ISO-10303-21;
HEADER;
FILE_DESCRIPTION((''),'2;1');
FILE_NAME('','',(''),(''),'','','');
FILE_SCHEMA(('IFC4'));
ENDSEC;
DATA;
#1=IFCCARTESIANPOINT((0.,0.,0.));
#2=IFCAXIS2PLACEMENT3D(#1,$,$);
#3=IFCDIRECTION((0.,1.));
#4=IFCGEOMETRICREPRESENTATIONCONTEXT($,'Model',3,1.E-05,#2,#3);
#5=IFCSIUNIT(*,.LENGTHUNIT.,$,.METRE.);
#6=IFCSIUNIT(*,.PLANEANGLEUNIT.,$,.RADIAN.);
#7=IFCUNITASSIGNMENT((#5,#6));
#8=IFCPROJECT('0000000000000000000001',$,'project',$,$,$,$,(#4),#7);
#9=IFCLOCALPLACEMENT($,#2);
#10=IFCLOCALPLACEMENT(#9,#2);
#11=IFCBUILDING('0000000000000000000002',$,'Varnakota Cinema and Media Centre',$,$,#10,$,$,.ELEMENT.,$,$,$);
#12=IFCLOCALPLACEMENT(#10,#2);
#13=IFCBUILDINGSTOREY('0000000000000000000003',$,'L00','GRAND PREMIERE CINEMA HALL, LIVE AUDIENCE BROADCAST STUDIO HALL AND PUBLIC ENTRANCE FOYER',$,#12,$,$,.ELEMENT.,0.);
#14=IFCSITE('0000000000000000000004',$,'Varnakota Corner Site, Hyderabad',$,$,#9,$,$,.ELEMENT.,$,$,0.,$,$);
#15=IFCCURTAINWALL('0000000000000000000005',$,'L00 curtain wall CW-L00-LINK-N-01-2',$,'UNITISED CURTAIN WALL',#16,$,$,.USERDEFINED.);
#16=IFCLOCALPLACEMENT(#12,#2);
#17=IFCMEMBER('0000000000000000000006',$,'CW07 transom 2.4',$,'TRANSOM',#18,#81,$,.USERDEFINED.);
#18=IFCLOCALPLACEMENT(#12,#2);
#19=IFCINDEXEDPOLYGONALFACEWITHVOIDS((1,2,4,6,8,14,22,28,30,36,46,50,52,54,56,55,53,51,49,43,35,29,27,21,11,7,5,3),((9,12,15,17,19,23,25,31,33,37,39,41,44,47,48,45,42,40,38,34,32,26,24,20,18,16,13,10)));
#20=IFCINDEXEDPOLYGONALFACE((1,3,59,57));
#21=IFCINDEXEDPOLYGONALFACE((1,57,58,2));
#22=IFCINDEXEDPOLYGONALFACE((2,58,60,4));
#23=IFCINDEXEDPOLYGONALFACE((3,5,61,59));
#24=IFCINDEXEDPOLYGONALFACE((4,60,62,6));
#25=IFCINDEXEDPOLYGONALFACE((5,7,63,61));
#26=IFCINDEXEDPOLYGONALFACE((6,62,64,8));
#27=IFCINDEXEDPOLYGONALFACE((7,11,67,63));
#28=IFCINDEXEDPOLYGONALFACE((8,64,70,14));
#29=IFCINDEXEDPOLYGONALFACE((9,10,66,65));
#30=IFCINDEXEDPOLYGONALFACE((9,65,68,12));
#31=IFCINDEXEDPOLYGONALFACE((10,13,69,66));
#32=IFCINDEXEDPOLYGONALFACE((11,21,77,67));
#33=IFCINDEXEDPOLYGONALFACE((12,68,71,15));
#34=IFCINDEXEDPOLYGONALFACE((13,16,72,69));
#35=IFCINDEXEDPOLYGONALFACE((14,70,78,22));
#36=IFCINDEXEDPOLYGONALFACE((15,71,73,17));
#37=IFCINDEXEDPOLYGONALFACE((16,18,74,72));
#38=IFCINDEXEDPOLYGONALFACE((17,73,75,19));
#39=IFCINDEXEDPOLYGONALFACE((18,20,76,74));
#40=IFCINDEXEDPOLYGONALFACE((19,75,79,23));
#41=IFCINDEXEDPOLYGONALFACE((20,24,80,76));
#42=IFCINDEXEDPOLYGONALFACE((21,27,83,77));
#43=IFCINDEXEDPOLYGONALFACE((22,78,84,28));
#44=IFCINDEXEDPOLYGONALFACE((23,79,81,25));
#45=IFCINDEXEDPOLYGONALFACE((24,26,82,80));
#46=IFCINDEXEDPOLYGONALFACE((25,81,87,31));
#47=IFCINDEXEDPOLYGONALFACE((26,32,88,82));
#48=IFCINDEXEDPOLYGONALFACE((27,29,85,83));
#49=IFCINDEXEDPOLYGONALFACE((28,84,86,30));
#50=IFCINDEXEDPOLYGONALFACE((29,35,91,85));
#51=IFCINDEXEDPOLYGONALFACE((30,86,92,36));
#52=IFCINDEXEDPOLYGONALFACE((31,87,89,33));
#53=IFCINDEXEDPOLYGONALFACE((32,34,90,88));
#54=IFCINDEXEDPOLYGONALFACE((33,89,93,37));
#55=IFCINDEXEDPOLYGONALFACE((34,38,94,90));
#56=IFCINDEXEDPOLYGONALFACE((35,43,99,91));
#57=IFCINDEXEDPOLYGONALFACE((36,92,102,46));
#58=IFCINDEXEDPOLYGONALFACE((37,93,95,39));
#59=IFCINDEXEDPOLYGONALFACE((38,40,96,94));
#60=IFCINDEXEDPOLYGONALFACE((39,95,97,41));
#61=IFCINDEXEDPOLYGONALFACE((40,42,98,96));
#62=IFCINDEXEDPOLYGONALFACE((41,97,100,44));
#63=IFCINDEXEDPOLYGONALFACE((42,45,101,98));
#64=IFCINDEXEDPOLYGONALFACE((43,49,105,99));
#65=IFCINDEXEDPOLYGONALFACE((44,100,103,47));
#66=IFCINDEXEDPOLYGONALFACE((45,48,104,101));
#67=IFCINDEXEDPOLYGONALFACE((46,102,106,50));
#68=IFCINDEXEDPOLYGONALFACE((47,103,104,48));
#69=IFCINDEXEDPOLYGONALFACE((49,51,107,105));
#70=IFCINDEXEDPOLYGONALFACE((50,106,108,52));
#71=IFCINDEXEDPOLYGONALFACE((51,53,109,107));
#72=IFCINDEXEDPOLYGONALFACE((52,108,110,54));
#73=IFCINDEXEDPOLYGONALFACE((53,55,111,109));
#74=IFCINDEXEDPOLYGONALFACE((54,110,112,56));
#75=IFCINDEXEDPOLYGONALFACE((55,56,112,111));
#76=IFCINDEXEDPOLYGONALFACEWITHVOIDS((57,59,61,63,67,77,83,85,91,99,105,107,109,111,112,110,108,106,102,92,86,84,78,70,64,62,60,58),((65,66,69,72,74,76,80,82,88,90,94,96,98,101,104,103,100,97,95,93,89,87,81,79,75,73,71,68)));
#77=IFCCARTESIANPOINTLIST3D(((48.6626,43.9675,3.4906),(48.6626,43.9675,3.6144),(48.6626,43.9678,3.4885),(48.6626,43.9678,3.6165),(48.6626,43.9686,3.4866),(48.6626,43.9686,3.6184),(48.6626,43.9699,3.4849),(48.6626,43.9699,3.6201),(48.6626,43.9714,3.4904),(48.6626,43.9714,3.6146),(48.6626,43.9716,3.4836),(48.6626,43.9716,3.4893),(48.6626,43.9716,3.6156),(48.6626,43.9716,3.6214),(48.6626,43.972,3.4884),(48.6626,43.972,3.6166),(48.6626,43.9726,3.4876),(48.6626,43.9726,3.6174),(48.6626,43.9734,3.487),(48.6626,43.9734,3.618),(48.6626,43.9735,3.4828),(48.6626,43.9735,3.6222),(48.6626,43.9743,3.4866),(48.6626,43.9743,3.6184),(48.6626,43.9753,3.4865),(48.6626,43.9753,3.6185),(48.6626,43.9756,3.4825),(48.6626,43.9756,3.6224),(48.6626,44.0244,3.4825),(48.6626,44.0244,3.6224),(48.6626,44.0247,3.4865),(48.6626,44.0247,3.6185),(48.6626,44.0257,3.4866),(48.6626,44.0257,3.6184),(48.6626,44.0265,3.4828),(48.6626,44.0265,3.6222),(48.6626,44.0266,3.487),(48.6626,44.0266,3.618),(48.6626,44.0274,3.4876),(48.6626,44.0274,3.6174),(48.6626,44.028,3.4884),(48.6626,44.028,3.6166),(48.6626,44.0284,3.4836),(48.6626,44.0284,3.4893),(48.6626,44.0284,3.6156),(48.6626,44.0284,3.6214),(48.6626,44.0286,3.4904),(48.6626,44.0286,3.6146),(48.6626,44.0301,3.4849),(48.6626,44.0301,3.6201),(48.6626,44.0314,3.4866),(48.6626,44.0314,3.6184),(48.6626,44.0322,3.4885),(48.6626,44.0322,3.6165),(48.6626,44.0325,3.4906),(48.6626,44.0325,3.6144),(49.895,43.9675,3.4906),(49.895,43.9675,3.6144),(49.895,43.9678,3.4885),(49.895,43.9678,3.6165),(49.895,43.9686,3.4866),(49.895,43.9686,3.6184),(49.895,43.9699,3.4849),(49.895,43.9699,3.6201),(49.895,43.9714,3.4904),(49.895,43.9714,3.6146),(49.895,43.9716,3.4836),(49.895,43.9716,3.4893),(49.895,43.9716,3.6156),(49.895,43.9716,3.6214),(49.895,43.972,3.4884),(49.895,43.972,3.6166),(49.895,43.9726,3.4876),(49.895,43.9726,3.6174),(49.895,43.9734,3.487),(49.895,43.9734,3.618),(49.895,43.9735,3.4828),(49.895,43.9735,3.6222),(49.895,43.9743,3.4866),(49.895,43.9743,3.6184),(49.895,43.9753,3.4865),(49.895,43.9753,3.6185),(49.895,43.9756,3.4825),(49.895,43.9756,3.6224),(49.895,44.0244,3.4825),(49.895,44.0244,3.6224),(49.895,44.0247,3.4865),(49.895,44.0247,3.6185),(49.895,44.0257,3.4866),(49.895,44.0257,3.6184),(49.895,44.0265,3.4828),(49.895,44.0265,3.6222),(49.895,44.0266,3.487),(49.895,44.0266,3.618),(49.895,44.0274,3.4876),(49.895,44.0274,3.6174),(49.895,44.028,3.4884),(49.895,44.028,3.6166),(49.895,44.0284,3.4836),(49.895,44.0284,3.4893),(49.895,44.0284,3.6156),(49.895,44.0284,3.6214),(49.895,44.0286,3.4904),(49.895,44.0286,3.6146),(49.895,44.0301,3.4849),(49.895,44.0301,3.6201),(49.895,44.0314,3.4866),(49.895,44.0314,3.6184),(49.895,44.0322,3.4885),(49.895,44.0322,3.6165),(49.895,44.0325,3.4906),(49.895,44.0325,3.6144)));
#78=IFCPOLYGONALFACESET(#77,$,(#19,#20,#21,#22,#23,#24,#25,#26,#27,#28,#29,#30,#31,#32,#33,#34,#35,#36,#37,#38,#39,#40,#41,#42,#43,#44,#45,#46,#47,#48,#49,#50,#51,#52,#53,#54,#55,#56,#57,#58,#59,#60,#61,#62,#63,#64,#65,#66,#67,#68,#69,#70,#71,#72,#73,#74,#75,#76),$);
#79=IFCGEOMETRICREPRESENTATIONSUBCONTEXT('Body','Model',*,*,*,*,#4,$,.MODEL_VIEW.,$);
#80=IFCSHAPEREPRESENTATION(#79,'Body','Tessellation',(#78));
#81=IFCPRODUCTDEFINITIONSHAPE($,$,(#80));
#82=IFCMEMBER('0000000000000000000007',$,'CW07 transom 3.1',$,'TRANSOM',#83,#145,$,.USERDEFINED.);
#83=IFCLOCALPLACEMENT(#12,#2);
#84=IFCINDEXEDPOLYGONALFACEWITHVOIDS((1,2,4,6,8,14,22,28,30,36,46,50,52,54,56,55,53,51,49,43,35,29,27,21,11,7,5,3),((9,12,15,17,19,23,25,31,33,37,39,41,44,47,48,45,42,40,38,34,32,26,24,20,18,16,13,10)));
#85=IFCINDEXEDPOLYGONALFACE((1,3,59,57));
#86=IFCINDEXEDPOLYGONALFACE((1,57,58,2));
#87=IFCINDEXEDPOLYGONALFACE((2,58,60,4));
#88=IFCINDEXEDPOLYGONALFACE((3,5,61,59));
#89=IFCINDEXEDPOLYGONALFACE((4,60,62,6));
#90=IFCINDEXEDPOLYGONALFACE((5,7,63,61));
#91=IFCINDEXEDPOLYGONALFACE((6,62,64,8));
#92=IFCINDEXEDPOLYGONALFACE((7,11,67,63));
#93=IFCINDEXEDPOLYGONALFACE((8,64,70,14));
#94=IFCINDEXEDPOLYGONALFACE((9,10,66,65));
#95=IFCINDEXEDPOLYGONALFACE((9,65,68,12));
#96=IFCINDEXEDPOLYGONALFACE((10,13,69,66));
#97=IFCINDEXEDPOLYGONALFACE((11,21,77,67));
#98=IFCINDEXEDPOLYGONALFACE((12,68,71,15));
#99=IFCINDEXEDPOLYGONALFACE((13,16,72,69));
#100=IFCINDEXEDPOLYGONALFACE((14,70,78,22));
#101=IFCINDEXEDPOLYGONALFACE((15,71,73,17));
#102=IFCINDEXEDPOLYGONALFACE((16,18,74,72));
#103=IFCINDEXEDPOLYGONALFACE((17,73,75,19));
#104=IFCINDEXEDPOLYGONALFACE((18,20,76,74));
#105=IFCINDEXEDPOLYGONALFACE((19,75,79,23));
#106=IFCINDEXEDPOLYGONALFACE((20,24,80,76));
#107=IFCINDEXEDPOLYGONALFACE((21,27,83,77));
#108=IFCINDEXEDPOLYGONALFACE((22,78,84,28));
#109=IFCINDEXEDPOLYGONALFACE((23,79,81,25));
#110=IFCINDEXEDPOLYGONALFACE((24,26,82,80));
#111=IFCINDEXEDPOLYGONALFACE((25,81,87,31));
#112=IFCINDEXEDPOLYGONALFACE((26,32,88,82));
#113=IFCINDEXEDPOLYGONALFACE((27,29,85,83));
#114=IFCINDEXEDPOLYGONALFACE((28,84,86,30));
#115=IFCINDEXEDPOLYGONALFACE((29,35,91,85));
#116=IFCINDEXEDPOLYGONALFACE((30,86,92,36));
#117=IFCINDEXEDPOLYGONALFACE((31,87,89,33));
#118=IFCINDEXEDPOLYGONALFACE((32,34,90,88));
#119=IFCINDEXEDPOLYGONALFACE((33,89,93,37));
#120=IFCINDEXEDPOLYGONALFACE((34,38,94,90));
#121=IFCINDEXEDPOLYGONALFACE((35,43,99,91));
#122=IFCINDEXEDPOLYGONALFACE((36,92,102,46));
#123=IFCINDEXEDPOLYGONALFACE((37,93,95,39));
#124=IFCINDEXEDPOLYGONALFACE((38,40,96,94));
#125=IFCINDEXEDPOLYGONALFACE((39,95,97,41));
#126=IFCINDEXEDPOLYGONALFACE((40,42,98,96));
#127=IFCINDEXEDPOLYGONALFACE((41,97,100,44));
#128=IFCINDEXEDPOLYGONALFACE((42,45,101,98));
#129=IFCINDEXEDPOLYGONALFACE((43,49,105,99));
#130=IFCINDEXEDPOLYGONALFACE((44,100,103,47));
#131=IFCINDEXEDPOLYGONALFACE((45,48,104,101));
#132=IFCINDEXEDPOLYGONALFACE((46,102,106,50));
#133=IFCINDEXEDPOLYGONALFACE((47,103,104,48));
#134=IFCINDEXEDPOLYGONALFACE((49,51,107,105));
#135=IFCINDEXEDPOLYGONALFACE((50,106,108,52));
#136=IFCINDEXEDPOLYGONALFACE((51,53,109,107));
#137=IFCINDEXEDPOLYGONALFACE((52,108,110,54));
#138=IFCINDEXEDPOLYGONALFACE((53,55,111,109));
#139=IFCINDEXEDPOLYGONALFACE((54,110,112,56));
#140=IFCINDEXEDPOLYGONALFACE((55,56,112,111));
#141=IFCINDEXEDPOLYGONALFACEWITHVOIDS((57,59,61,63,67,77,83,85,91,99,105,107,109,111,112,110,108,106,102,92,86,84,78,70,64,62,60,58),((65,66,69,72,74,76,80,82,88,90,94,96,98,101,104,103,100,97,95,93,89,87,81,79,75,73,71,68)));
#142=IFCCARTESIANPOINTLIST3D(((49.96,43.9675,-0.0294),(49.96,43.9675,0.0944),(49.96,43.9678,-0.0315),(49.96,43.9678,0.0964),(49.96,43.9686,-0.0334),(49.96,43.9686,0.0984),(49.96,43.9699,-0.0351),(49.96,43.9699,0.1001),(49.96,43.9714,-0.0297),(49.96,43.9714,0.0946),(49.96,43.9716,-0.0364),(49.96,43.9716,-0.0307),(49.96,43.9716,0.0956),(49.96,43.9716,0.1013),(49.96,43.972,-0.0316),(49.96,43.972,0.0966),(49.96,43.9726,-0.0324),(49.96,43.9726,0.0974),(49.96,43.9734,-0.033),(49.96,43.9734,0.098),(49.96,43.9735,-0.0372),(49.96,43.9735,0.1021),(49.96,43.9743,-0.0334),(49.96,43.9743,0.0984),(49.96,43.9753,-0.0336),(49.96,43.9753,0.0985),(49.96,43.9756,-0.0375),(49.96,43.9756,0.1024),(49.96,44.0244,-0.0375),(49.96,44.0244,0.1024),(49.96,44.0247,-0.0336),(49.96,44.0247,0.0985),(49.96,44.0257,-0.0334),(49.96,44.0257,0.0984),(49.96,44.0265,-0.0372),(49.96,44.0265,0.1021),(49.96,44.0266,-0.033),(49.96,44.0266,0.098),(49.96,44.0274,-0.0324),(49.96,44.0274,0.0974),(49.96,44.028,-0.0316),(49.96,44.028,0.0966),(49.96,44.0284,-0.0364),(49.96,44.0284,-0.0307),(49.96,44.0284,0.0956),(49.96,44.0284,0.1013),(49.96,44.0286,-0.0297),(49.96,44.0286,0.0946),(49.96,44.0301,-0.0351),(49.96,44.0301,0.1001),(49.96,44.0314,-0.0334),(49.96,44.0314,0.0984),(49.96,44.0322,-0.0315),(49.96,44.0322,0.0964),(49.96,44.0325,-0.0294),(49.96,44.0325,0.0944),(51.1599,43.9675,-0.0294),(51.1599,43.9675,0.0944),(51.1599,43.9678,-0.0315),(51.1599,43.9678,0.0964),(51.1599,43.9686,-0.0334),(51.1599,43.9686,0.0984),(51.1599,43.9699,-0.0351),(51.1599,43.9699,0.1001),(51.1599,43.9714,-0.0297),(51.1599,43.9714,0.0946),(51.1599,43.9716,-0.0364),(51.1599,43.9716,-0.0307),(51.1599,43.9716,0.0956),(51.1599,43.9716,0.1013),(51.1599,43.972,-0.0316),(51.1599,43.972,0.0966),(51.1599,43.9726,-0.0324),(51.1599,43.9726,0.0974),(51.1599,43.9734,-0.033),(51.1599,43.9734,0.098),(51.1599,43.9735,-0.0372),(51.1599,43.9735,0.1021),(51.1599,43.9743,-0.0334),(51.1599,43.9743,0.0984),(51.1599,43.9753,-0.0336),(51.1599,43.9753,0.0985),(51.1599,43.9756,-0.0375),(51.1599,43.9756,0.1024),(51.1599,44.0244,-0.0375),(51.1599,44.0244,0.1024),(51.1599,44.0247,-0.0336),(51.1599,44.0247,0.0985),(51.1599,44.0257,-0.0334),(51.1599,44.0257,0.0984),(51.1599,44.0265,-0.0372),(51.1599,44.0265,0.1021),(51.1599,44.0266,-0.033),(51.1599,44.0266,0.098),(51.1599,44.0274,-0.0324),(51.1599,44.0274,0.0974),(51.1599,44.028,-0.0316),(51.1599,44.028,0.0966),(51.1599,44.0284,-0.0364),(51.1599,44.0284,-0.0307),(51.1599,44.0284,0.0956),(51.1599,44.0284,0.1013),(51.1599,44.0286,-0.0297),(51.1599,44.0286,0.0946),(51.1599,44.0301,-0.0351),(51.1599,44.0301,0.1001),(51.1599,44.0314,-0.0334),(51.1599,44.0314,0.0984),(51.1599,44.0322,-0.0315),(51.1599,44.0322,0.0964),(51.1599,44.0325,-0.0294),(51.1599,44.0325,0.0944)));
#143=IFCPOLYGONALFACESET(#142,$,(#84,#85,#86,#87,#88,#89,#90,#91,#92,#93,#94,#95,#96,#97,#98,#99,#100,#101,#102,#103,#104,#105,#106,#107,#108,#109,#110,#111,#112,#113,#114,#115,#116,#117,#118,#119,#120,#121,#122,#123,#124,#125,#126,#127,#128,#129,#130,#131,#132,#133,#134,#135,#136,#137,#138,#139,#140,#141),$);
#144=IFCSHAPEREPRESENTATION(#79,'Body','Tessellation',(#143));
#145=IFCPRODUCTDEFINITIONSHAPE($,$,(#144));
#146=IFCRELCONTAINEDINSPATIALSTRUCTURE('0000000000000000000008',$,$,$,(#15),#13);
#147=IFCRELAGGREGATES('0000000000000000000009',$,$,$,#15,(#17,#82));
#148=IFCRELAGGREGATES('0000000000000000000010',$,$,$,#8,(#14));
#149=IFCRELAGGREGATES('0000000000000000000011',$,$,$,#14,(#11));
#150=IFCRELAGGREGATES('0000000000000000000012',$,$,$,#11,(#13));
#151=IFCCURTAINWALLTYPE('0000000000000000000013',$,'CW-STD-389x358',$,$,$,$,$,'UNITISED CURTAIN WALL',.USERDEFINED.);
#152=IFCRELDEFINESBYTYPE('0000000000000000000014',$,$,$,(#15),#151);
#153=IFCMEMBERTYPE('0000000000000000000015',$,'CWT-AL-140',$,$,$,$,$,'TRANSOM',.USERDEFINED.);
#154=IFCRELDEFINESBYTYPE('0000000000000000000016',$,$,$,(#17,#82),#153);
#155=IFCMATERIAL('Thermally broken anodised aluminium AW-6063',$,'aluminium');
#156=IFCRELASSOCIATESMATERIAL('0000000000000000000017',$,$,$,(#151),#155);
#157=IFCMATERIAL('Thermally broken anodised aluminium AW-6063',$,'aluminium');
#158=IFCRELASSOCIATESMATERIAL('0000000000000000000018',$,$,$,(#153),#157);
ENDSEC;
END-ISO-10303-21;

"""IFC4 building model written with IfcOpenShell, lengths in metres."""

from ifc_helpers import new_model, si_unit, direction, frame, origin, origin_2d, place, context, subcontext, project, spatial, hollow_rectangle, extrude, material, material_profile, profile_set, type_object, element, aggregate, save


model = new_model("IFC4")

# Units and contexts
model_context = context("Model", 3, precision=1e-05, world=origin(), true_north=direction((0.0, 1.0)))
body_context = subcontext(model_context, "Body", "Model", "MODEL_VIEW")
ifc_project = project(units=[si_unit("LENGTHUNIT", "METRE"), si_unit("PLANEANGLEUNIT", "RADIAN")], contexts=[model_context])

# Site, building, storey
site_placement = place(None, origin())
site = spatial("IfcSite", under=ifc_project, at=site_placement, Name="Varnakota Corner Site, Hyderabad", CompositionType="ELEMENT", RefElevation=0.0)
building_placement = place(site_placement, origin())
building = spatial("IfcBuilding", under=site, at=building_placement, Name="Varnakota Cinema and Media Centre", CompositionType="ELEMENT")
storey_placement = place(building_placement, origin())
storey = spatial("IfcBuildingStorey", under=building, at=storey_placement, Name="L00", Description="GRAND PREMIERE CINEMA HALL, LIVE AUDIENCE BROADCAST STUDIO HALL AND PUBLIC ENTRANCE FOYER", CompositionType="ELEMENT", Elevation=0.0)

# Curtain wall
ifc_material_1 = material(Name="Thermally broken anodised aluminium AW-6063", Category="aluminium")
curtain_wall_type_1 = type_object("IfcCurtainWallType", Name="CW-STD-389x358", ElementType="UNITISED CURTAIN WALL", PredefinedType="USERDEFINED", material=ifc_material_1)
curtain_wall_1_placement = place(storey_placement, origin())
curtain_wall_1 = element("IfcCurtainWall", 1, at=curtain_wall_1_placement, inside=storey, type_object=curtain_wall_type_1, Name="L00 curtain wall CW-L00-LINK-N-01-2", ObjectType="UNITISED CURTAIN WALL", PredefinedType="USERDEFINED")

# Members
ifc_material_2 = material(Name="Thermally broken anodised aluminium AW-6063", Category="aluminium")
ifc_material_profile_1 = material_profile(ifc_material_2, hollow_rectangle(XDim=0.0649, YDim=0.1399, WallThickness=0.0039, InnerFilletRadius=0.0039, OuterFilletRadius=0.0081, at=origin_2d()), Name="AL-TRANSOM 140x65x4")
ifc_profile_set_1 = profile_set([ifc_material_profile_1], Name="Thermally broken anodised aluminium AW-6063")
member_type_1 = type_object("IfcMemberType", Name="CWT-AL-140", ElementType="TRANSOM", PredefinedType="USERDEFINED", material=ifc_profile_set_1)
member_1_placement = place(storey_placement, frame((48.6626, 44.0, 3.5525), z_axis=(1.0, 0.0, 0.0), x_axis=(0.0, 1.0, 0.0)))
member_1 = element("IfcMember", 2, at=member_1_placement, type_object=member_type_1, Name="CW07 transom 2.4", ObjectType="TRANSOM", PredefinedType="USERDEFINED", context=body_context, shape_type="SweptSolid", body=[
    extrude(hollow_rectangle(XDim=0.0649, YDim=0.1399, WallThickness=0.0039, InnerFilletRadius=0.0039, OuterFilletRadius=0.0081, at=origin_2d()), origin(), (0.0, 0.0, 1.0), 1.2324),
])
member_2_placement = place(storey_placement, frame((49.96, 44.0, 0.0325), z_axis=(1.0, 0.0, 0.0), x_axis=(0.0, 1.0, 0.0)))
member_2 = element("IfcMember", 3, at=member_2_placement, type_object=member_type_1, Name="CW07 transom 3.1", ObjectType="TRANSOM", PredefinedType="USERDEFINED", context=body_context, shape_type="SweptSolid", body=[
    extrude(hollow_rectangle(XDim=0.0649, YDim=0.1399, WallThickness=0.0039, InnerFilletRadius=0.0039, OuterFilletRadius=0.0081, at=origin_2d()), origin(), (0.0, 0.0, 1.0), 1.2),
])

aggregate(curtain_wall_1, [member_1, member_2])

save(model, "model.ifc")
